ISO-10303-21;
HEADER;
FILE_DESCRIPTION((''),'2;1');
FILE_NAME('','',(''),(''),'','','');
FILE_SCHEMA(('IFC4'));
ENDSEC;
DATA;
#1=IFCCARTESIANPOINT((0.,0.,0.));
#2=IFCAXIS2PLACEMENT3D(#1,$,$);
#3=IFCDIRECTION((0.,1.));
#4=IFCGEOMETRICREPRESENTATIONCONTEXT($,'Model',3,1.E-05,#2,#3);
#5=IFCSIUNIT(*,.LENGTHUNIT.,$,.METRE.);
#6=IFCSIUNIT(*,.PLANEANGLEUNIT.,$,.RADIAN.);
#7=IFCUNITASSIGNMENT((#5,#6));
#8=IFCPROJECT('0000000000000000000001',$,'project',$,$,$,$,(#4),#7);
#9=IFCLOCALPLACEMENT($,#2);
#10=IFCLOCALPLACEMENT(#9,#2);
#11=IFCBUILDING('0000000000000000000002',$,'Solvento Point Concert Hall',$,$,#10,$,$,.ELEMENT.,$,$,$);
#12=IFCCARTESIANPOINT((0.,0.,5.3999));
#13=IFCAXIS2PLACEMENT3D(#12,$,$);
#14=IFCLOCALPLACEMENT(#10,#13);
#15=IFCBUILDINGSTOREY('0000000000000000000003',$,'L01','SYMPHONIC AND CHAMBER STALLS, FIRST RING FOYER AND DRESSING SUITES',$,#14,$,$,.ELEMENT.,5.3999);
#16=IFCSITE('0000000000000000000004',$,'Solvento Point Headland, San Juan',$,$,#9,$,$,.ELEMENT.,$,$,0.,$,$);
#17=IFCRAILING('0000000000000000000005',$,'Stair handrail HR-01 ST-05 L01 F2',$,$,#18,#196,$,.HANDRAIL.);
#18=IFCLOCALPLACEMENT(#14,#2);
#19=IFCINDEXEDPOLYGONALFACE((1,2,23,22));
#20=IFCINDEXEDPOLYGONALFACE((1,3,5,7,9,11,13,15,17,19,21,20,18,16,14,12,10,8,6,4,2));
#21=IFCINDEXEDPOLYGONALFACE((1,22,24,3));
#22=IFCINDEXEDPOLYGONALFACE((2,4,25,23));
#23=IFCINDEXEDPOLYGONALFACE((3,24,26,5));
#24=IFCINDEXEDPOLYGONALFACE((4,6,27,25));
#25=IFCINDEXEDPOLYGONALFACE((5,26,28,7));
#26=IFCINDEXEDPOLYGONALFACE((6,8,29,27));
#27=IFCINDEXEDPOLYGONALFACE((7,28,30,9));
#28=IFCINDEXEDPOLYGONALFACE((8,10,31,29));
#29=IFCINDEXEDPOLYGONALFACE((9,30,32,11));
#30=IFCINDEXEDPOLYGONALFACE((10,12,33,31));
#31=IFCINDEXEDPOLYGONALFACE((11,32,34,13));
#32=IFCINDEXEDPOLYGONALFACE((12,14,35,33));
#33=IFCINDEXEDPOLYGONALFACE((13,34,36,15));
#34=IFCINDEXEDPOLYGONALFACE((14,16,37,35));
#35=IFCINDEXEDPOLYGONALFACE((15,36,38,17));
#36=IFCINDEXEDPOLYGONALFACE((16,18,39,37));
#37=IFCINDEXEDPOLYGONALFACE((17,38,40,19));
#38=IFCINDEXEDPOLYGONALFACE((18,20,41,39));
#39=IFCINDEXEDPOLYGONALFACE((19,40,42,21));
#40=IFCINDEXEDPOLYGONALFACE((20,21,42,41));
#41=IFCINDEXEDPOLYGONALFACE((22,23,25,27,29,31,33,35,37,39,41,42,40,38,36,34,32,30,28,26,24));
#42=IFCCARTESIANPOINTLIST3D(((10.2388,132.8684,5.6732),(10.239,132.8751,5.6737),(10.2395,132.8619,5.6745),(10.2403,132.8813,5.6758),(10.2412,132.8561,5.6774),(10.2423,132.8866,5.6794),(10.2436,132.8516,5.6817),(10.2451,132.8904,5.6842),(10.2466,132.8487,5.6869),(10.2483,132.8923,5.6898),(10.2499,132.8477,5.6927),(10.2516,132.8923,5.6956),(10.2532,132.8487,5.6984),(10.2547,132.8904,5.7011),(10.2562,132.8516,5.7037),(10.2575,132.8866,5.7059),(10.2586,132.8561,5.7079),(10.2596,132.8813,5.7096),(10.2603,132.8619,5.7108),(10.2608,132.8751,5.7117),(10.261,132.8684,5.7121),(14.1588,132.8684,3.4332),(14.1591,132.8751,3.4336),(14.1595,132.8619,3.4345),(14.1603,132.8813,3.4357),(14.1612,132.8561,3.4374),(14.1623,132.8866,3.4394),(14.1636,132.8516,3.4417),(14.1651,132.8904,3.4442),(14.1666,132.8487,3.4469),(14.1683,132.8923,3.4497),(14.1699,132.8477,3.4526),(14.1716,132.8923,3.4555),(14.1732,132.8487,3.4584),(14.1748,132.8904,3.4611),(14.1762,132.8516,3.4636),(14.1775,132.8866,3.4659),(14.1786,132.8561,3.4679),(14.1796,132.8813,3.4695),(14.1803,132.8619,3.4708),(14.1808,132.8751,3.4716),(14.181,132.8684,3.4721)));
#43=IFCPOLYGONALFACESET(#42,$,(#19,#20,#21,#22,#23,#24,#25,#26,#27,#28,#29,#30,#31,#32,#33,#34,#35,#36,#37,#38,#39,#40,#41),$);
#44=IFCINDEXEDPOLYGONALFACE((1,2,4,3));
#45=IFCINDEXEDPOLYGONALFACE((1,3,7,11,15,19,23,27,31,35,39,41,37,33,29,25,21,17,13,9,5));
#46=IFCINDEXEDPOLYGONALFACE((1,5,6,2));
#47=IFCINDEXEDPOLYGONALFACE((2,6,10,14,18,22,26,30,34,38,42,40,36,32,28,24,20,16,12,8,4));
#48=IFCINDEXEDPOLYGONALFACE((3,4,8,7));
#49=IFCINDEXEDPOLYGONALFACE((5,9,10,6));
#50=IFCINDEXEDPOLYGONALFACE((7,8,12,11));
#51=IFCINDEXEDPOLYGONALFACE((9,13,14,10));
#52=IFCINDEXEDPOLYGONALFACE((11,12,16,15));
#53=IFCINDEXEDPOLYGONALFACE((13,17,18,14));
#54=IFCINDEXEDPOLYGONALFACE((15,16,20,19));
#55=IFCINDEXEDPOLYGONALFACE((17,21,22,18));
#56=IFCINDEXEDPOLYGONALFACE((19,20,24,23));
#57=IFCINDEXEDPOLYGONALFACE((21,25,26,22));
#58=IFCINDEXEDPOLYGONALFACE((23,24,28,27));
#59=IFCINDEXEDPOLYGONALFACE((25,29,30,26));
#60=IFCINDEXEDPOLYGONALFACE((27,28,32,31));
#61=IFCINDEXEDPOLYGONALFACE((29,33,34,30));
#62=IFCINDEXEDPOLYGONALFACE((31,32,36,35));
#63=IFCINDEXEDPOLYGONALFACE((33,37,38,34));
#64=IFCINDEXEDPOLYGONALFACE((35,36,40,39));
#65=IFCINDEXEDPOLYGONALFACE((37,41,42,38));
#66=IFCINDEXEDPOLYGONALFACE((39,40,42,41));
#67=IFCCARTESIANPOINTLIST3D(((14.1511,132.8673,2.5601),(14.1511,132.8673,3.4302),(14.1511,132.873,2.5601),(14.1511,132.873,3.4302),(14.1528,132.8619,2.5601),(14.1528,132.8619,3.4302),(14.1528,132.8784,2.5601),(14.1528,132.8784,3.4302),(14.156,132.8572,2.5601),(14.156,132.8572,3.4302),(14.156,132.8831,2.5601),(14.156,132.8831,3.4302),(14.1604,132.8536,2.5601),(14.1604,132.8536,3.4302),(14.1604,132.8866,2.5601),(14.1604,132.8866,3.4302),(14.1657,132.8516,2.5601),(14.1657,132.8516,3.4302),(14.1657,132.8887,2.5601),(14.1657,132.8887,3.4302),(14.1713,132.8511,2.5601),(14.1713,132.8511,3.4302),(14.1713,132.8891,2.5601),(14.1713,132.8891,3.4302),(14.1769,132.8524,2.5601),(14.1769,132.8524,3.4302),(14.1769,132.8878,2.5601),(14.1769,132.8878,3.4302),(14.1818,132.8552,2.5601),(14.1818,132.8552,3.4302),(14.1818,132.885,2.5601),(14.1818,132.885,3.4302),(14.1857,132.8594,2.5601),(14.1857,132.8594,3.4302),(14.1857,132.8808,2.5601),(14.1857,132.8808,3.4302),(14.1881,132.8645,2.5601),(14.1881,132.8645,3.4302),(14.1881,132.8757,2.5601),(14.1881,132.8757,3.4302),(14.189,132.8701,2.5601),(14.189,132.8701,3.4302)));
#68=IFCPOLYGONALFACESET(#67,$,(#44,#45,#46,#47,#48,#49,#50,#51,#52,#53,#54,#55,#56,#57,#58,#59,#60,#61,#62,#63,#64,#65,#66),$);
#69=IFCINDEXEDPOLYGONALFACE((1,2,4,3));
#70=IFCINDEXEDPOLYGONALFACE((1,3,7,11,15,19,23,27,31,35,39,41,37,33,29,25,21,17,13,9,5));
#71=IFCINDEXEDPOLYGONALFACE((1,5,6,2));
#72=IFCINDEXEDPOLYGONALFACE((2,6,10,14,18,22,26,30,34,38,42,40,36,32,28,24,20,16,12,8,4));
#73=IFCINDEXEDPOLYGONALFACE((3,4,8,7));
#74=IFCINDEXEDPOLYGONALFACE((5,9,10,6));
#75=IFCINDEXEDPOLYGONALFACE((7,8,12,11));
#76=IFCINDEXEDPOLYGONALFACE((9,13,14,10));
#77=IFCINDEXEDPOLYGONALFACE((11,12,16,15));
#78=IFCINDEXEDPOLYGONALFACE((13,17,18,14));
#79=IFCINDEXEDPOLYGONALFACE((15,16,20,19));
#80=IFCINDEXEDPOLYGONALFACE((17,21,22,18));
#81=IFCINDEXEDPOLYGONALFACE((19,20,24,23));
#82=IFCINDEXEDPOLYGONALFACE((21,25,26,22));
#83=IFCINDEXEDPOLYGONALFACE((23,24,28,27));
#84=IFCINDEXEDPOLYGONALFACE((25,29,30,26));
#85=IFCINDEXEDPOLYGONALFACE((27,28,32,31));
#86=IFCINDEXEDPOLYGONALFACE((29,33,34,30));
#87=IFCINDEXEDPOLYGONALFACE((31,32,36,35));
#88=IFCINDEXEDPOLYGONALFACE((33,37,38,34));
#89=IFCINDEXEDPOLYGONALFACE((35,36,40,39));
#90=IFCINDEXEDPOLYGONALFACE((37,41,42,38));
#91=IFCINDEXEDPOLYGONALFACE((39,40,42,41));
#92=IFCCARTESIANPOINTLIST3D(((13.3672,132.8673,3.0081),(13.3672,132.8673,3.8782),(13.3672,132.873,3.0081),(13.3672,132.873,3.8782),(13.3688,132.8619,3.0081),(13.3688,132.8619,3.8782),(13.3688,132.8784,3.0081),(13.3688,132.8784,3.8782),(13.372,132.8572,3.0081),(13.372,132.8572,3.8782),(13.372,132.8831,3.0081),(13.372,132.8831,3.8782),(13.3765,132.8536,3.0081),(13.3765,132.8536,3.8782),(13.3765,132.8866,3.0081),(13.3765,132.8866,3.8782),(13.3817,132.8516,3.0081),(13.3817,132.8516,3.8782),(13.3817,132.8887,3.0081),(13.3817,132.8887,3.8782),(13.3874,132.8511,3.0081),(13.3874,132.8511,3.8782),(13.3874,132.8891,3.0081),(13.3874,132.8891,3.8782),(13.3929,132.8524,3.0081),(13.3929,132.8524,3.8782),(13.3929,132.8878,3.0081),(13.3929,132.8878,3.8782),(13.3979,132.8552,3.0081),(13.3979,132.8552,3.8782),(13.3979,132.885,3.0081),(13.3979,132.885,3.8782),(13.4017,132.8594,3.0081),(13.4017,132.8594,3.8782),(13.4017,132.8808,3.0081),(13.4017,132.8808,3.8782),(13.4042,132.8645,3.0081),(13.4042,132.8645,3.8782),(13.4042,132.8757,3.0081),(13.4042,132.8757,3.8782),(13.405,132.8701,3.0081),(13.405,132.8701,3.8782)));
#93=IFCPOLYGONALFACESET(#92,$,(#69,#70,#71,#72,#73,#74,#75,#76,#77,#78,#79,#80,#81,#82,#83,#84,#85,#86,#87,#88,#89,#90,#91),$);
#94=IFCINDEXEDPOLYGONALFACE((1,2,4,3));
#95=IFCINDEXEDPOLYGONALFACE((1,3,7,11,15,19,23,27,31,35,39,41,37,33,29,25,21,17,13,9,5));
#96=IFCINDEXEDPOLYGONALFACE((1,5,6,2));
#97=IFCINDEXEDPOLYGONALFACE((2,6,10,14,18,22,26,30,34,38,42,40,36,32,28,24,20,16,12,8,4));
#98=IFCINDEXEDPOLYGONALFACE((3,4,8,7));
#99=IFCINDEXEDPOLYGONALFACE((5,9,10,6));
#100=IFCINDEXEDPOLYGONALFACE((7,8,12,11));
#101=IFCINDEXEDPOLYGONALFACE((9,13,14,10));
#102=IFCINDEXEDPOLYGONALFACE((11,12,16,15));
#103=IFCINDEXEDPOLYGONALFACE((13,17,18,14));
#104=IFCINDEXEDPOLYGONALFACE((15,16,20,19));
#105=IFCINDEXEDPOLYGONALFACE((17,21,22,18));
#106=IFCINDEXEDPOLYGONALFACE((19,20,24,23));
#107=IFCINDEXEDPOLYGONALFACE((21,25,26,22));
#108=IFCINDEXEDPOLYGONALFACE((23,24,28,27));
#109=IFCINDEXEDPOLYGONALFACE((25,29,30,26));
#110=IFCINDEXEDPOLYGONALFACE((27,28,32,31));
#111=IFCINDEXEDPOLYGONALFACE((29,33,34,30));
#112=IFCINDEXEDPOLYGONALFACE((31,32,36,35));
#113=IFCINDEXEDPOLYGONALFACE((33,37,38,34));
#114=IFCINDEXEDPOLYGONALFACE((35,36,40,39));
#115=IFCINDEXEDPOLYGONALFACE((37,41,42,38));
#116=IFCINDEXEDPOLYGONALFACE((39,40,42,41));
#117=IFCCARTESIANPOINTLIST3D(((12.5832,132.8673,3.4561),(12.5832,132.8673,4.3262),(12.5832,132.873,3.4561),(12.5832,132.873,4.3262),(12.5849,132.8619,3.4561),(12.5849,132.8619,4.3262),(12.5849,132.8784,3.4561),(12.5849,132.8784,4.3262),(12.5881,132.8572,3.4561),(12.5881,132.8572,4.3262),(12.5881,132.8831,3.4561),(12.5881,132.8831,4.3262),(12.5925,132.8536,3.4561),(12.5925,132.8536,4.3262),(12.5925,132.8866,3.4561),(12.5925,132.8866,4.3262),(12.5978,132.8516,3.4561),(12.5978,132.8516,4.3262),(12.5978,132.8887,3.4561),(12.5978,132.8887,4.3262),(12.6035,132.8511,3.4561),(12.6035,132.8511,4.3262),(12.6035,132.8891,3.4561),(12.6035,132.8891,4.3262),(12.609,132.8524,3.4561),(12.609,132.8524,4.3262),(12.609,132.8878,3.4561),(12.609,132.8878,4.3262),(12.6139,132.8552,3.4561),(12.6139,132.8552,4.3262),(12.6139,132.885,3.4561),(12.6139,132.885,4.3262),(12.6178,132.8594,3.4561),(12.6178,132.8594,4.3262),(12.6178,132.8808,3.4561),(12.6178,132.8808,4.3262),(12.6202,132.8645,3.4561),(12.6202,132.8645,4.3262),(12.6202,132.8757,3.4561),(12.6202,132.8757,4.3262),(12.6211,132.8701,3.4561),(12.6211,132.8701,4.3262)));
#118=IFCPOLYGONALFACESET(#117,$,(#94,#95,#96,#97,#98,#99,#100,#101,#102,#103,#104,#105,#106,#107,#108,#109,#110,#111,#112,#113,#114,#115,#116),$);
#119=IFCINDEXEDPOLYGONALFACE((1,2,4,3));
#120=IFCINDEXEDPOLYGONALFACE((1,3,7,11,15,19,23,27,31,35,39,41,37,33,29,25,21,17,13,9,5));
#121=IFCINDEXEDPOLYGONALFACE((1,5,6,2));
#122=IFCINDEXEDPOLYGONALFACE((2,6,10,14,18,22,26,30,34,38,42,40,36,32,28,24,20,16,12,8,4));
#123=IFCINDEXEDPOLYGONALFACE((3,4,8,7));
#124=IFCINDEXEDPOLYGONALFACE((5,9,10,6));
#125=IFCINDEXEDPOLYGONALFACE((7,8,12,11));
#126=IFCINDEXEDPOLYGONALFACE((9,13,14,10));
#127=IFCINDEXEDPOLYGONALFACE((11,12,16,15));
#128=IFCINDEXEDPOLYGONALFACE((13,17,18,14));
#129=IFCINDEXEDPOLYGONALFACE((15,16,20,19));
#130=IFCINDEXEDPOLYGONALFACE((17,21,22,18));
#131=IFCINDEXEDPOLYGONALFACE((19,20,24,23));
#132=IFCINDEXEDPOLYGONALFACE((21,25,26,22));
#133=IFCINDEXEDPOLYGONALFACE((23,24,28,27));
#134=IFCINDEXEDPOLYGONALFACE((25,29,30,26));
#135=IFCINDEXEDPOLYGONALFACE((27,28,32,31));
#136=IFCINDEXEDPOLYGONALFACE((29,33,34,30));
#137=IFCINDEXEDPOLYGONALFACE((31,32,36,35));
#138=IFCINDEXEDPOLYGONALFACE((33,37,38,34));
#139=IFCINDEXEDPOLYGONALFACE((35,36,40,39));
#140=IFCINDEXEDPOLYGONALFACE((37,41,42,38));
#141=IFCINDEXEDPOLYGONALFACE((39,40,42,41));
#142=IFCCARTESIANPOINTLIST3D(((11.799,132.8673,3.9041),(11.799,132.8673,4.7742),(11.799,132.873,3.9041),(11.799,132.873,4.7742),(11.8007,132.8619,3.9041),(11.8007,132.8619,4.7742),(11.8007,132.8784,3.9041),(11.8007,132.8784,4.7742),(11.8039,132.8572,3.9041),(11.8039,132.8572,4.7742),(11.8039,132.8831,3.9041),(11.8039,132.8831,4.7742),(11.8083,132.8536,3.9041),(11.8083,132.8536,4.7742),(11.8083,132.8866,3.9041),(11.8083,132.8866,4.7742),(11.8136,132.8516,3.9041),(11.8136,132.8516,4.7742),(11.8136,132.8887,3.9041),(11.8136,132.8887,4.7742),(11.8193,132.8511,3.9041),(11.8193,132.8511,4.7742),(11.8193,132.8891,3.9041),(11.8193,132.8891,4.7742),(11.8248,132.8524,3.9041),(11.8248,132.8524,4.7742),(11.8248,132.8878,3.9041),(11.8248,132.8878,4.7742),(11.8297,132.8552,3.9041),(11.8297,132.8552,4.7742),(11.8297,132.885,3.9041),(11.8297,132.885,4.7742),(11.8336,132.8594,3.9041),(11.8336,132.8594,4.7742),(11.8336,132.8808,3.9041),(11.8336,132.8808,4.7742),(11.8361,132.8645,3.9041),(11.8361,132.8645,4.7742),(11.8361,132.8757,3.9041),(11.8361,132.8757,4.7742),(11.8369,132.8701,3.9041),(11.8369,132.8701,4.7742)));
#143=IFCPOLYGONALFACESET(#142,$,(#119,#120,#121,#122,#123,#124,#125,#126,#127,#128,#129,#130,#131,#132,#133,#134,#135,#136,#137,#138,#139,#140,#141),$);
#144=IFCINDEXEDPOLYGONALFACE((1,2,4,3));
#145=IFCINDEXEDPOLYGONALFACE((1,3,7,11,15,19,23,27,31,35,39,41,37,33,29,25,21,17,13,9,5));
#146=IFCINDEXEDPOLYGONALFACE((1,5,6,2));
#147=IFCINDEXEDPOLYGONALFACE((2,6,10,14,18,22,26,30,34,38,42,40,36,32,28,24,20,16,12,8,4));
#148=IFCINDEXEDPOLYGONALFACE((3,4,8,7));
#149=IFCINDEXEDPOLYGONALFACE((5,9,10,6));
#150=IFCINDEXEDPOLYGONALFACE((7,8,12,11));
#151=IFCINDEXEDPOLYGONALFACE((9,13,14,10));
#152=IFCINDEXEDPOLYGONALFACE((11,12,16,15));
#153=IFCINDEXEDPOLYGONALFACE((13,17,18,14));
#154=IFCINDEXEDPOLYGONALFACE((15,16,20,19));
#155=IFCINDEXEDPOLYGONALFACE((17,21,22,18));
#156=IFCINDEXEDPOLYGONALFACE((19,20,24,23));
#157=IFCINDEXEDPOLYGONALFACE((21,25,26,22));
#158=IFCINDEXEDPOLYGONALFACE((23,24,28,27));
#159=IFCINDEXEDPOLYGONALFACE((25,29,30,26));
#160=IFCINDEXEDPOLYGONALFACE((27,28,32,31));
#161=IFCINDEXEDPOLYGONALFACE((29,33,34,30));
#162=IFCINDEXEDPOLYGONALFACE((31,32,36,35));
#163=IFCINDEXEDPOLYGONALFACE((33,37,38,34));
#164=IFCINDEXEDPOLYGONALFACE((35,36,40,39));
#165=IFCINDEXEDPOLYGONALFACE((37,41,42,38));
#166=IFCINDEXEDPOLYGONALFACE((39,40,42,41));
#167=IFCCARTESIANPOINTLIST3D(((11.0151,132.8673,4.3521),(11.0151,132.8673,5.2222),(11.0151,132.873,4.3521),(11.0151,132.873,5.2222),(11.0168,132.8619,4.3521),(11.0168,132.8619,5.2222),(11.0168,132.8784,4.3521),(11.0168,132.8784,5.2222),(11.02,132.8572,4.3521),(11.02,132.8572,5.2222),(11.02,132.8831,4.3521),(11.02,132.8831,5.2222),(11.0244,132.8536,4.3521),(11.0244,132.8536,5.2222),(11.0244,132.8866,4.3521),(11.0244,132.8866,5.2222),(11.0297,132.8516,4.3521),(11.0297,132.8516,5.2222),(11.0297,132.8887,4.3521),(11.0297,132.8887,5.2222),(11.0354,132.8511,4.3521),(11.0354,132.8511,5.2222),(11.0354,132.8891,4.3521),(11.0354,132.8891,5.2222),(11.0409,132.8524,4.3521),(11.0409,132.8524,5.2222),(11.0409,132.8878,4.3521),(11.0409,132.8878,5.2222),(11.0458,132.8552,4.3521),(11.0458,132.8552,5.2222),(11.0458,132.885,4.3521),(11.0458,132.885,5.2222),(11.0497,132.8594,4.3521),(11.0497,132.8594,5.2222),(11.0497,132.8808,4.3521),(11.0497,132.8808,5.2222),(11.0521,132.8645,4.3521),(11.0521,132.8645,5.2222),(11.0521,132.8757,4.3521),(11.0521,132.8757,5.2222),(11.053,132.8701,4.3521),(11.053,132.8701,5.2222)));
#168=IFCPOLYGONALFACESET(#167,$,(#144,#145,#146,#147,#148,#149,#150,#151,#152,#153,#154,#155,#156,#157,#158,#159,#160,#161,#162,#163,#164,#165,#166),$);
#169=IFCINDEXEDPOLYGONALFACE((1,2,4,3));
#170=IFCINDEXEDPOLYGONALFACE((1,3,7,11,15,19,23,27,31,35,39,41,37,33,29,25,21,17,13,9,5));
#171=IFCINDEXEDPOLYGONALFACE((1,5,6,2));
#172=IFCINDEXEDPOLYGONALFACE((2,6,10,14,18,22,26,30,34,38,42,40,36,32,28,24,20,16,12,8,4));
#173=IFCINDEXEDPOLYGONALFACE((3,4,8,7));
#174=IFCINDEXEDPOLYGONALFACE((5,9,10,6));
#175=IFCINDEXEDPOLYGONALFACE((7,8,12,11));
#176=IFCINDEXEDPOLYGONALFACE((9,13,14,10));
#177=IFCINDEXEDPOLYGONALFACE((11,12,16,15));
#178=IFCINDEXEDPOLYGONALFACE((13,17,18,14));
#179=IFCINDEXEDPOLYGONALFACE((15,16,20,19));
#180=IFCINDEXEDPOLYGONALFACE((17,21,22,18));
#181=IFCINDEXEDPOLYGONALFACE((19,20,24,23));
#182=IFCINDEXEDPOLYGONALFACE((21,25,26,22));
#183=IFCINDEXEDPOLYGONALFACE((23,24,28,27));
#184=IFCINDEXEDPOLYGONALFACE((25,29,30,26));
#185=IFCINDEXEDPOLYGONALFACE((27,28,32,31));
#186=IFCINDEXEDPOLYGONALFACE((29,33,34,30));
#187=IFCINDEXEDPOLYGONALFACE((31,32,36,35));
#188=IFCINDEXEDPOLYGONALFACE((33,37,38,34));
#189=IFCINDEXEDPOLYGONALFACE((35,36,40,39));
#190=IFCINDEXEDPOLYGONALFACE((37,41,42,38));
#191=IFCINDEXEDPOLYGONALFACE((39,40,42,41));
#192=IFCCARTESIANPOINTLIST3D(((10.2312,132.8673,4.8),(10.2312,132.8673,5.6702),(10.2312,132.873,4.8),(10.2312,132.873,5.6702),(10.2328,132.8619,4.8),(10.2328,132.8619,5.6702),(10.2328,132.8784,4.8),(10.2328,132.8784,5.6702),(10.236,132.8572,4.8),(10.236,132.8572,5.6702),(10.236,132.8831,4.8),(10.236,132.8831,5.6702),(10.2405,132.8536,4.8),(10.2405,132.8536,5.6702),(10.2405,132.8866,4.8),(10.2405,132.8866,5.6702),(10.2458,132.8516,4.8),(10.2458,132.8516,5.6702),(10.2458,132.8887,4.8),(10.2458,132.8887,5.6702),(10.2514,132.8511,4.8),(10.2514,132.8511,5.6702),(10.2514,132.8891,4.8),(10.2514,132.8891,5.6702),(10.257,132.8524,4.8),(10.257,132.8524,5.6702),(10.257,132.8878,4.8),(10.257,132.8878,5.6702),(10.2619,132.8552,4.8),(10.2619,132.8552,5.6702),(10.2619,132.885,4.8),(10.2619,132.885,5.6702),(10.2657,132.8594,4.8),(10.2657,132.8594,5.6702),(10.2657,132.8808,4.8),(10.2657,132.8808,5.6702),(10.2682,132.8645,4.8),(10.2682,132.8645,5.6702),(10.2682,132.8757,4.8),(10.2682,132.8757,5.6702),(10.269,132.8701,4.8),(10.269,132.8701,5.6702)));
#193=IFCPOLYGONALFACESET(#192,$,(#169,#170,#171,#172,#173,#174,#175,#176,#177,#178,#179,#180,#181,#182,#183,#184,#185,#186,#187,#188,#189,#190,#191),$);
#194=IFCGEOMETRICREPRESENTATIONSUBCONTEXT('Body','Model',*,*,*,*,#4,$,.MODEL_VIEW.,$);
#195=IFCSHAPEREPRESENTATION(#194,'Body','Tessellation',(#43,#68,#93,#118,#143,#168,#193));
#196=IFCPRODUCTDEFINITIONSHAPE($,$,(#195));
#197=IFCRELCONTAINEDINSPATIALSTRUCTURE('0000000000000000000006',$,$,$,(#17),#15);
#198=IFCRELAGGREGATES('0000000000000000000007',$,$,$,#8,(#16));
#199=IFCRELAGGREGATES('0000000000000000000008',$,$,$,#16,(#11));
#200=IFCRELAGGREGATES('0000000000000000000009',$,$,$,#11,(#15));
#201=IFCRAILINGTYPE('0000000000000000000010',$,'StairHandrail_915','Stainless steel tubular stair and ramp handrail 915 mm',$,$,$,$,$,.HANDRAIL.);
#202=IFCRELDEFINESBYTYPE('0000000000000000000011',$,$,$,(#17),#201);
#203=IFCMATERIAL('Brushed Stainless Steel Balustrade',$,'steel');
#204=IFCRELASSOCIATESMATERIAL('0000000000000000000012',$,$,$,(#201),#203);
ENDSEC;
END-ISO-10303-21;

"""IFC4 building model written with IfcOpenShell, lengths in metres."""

from ifc_helpers import new_model, si_unit, direction, frame, origin, origin_2d, place, context, subcontext, project, spatial, circle, extrude, material, type_object, element, save


model = new_model("IFC4")

# Units and contexts
model_context = context("Model", 3, precision=1e-05, world=origin(), true_north=direction((0.0, 1.0)))
body_context = subcontext(model_context, "Body", "Model", "MODEL_VIEW")
ifc_project = project(units=[si_unit("LENGTHUNIT", "METRE"), si_unit("PLANEANGLEUNIT", "RADIAN")], contexts=[model_context])

# Site, building, storey
site_placement = place(None, origin())
site = spatial("IfcSite", under=ifc_project, at=site_placement, Name="Solvento Point Headland, San Juan", CompositionType="ELEMENT", RefElevation=0.0)
building_placement = place(site_placement, origin())
building = spatial("IfcBuilding", under=site, at=building_placement, Name="Solvento Point Concert Hall", CompositionType="ELEMENT")
storey_placement = place(building_placement, frame((0.0, 0.0, 5.3999)))
storey = spatial("IfcBuildingStorey", under=building, at=storey_placement, Name="L01", Description="SYMPHONIC AND CHAMBER STALLS, FIRST RING FOYER AND DRESSING SUITES", CompositionType="ELEMENT", Elevation=5.3999)

# Railing
ifc_material_1 = material(Name="Brushed Stainless Steel Balustrade", Category="steel")
railing_type_1 = type_object("IfcRailingType", Name="StairHandrail_915", Description="Stainless steel tubular stair and ramp handrail 915 mm", PredefinedType="HANDRAIL", material=ifc_material_1)
railing_1_placement = place(storey_placement, frame((14.1699, 132.8701, 2.5601)))
element("IfcRailing", 1, at=railing_1_placement, inside=storey, type_object=railing_type_1, Name="Stair handrail HR-01 ST-05 L01 F2", PredefinedType="HANDRAIL", context=body_context, shape_type="SweptSolid", body=[
    extrude(circle(Radius=0.0225, at=origin_2d()), frame((0.0, 0.0, 0.8926), z_axis=(-0.86824, 0.0, 0.496145), x_axis=(0.0, -1.0, 0.0)), (0.0, 0.0, 1.0), 4.5149),
    extrude(circle(Radius=0.019, at=origin_2d()), origin(), (0.0, 0.0, 1.0), 0.8701),
    extrude(circle(Radius=0.019, at=origin_2d()), frame((-0.7839, 0.0, 0.448)), (0.0, 0.0, 1.0), 0.8701),
    extrude(circle(Radius=0.019, at=origin_2d()), frame((-1.5679, 0.0, 0.896)), (0.0, 0.0, 1.0), 0.8701),
    extrude(circle(Radius=0.019, at=origin_2d()), frame((-2.3521, 0.0, 1.344)), (0.0, 0.0, 1.0), 0.8701),
    extrude(circle(Radius=0.019, at=origin_2d()), frame((-3.136, 0.0, 1.792)), (0.0, 0.0, 1.0), 0.8701),
    extrude(circle(Radius=0.019, at=origin_2d()), frame((-3.9199, 0.0, 2.24)), (0.0, 0.0, 1.0), 0.8701),
])

save(model, "model.ifc")
